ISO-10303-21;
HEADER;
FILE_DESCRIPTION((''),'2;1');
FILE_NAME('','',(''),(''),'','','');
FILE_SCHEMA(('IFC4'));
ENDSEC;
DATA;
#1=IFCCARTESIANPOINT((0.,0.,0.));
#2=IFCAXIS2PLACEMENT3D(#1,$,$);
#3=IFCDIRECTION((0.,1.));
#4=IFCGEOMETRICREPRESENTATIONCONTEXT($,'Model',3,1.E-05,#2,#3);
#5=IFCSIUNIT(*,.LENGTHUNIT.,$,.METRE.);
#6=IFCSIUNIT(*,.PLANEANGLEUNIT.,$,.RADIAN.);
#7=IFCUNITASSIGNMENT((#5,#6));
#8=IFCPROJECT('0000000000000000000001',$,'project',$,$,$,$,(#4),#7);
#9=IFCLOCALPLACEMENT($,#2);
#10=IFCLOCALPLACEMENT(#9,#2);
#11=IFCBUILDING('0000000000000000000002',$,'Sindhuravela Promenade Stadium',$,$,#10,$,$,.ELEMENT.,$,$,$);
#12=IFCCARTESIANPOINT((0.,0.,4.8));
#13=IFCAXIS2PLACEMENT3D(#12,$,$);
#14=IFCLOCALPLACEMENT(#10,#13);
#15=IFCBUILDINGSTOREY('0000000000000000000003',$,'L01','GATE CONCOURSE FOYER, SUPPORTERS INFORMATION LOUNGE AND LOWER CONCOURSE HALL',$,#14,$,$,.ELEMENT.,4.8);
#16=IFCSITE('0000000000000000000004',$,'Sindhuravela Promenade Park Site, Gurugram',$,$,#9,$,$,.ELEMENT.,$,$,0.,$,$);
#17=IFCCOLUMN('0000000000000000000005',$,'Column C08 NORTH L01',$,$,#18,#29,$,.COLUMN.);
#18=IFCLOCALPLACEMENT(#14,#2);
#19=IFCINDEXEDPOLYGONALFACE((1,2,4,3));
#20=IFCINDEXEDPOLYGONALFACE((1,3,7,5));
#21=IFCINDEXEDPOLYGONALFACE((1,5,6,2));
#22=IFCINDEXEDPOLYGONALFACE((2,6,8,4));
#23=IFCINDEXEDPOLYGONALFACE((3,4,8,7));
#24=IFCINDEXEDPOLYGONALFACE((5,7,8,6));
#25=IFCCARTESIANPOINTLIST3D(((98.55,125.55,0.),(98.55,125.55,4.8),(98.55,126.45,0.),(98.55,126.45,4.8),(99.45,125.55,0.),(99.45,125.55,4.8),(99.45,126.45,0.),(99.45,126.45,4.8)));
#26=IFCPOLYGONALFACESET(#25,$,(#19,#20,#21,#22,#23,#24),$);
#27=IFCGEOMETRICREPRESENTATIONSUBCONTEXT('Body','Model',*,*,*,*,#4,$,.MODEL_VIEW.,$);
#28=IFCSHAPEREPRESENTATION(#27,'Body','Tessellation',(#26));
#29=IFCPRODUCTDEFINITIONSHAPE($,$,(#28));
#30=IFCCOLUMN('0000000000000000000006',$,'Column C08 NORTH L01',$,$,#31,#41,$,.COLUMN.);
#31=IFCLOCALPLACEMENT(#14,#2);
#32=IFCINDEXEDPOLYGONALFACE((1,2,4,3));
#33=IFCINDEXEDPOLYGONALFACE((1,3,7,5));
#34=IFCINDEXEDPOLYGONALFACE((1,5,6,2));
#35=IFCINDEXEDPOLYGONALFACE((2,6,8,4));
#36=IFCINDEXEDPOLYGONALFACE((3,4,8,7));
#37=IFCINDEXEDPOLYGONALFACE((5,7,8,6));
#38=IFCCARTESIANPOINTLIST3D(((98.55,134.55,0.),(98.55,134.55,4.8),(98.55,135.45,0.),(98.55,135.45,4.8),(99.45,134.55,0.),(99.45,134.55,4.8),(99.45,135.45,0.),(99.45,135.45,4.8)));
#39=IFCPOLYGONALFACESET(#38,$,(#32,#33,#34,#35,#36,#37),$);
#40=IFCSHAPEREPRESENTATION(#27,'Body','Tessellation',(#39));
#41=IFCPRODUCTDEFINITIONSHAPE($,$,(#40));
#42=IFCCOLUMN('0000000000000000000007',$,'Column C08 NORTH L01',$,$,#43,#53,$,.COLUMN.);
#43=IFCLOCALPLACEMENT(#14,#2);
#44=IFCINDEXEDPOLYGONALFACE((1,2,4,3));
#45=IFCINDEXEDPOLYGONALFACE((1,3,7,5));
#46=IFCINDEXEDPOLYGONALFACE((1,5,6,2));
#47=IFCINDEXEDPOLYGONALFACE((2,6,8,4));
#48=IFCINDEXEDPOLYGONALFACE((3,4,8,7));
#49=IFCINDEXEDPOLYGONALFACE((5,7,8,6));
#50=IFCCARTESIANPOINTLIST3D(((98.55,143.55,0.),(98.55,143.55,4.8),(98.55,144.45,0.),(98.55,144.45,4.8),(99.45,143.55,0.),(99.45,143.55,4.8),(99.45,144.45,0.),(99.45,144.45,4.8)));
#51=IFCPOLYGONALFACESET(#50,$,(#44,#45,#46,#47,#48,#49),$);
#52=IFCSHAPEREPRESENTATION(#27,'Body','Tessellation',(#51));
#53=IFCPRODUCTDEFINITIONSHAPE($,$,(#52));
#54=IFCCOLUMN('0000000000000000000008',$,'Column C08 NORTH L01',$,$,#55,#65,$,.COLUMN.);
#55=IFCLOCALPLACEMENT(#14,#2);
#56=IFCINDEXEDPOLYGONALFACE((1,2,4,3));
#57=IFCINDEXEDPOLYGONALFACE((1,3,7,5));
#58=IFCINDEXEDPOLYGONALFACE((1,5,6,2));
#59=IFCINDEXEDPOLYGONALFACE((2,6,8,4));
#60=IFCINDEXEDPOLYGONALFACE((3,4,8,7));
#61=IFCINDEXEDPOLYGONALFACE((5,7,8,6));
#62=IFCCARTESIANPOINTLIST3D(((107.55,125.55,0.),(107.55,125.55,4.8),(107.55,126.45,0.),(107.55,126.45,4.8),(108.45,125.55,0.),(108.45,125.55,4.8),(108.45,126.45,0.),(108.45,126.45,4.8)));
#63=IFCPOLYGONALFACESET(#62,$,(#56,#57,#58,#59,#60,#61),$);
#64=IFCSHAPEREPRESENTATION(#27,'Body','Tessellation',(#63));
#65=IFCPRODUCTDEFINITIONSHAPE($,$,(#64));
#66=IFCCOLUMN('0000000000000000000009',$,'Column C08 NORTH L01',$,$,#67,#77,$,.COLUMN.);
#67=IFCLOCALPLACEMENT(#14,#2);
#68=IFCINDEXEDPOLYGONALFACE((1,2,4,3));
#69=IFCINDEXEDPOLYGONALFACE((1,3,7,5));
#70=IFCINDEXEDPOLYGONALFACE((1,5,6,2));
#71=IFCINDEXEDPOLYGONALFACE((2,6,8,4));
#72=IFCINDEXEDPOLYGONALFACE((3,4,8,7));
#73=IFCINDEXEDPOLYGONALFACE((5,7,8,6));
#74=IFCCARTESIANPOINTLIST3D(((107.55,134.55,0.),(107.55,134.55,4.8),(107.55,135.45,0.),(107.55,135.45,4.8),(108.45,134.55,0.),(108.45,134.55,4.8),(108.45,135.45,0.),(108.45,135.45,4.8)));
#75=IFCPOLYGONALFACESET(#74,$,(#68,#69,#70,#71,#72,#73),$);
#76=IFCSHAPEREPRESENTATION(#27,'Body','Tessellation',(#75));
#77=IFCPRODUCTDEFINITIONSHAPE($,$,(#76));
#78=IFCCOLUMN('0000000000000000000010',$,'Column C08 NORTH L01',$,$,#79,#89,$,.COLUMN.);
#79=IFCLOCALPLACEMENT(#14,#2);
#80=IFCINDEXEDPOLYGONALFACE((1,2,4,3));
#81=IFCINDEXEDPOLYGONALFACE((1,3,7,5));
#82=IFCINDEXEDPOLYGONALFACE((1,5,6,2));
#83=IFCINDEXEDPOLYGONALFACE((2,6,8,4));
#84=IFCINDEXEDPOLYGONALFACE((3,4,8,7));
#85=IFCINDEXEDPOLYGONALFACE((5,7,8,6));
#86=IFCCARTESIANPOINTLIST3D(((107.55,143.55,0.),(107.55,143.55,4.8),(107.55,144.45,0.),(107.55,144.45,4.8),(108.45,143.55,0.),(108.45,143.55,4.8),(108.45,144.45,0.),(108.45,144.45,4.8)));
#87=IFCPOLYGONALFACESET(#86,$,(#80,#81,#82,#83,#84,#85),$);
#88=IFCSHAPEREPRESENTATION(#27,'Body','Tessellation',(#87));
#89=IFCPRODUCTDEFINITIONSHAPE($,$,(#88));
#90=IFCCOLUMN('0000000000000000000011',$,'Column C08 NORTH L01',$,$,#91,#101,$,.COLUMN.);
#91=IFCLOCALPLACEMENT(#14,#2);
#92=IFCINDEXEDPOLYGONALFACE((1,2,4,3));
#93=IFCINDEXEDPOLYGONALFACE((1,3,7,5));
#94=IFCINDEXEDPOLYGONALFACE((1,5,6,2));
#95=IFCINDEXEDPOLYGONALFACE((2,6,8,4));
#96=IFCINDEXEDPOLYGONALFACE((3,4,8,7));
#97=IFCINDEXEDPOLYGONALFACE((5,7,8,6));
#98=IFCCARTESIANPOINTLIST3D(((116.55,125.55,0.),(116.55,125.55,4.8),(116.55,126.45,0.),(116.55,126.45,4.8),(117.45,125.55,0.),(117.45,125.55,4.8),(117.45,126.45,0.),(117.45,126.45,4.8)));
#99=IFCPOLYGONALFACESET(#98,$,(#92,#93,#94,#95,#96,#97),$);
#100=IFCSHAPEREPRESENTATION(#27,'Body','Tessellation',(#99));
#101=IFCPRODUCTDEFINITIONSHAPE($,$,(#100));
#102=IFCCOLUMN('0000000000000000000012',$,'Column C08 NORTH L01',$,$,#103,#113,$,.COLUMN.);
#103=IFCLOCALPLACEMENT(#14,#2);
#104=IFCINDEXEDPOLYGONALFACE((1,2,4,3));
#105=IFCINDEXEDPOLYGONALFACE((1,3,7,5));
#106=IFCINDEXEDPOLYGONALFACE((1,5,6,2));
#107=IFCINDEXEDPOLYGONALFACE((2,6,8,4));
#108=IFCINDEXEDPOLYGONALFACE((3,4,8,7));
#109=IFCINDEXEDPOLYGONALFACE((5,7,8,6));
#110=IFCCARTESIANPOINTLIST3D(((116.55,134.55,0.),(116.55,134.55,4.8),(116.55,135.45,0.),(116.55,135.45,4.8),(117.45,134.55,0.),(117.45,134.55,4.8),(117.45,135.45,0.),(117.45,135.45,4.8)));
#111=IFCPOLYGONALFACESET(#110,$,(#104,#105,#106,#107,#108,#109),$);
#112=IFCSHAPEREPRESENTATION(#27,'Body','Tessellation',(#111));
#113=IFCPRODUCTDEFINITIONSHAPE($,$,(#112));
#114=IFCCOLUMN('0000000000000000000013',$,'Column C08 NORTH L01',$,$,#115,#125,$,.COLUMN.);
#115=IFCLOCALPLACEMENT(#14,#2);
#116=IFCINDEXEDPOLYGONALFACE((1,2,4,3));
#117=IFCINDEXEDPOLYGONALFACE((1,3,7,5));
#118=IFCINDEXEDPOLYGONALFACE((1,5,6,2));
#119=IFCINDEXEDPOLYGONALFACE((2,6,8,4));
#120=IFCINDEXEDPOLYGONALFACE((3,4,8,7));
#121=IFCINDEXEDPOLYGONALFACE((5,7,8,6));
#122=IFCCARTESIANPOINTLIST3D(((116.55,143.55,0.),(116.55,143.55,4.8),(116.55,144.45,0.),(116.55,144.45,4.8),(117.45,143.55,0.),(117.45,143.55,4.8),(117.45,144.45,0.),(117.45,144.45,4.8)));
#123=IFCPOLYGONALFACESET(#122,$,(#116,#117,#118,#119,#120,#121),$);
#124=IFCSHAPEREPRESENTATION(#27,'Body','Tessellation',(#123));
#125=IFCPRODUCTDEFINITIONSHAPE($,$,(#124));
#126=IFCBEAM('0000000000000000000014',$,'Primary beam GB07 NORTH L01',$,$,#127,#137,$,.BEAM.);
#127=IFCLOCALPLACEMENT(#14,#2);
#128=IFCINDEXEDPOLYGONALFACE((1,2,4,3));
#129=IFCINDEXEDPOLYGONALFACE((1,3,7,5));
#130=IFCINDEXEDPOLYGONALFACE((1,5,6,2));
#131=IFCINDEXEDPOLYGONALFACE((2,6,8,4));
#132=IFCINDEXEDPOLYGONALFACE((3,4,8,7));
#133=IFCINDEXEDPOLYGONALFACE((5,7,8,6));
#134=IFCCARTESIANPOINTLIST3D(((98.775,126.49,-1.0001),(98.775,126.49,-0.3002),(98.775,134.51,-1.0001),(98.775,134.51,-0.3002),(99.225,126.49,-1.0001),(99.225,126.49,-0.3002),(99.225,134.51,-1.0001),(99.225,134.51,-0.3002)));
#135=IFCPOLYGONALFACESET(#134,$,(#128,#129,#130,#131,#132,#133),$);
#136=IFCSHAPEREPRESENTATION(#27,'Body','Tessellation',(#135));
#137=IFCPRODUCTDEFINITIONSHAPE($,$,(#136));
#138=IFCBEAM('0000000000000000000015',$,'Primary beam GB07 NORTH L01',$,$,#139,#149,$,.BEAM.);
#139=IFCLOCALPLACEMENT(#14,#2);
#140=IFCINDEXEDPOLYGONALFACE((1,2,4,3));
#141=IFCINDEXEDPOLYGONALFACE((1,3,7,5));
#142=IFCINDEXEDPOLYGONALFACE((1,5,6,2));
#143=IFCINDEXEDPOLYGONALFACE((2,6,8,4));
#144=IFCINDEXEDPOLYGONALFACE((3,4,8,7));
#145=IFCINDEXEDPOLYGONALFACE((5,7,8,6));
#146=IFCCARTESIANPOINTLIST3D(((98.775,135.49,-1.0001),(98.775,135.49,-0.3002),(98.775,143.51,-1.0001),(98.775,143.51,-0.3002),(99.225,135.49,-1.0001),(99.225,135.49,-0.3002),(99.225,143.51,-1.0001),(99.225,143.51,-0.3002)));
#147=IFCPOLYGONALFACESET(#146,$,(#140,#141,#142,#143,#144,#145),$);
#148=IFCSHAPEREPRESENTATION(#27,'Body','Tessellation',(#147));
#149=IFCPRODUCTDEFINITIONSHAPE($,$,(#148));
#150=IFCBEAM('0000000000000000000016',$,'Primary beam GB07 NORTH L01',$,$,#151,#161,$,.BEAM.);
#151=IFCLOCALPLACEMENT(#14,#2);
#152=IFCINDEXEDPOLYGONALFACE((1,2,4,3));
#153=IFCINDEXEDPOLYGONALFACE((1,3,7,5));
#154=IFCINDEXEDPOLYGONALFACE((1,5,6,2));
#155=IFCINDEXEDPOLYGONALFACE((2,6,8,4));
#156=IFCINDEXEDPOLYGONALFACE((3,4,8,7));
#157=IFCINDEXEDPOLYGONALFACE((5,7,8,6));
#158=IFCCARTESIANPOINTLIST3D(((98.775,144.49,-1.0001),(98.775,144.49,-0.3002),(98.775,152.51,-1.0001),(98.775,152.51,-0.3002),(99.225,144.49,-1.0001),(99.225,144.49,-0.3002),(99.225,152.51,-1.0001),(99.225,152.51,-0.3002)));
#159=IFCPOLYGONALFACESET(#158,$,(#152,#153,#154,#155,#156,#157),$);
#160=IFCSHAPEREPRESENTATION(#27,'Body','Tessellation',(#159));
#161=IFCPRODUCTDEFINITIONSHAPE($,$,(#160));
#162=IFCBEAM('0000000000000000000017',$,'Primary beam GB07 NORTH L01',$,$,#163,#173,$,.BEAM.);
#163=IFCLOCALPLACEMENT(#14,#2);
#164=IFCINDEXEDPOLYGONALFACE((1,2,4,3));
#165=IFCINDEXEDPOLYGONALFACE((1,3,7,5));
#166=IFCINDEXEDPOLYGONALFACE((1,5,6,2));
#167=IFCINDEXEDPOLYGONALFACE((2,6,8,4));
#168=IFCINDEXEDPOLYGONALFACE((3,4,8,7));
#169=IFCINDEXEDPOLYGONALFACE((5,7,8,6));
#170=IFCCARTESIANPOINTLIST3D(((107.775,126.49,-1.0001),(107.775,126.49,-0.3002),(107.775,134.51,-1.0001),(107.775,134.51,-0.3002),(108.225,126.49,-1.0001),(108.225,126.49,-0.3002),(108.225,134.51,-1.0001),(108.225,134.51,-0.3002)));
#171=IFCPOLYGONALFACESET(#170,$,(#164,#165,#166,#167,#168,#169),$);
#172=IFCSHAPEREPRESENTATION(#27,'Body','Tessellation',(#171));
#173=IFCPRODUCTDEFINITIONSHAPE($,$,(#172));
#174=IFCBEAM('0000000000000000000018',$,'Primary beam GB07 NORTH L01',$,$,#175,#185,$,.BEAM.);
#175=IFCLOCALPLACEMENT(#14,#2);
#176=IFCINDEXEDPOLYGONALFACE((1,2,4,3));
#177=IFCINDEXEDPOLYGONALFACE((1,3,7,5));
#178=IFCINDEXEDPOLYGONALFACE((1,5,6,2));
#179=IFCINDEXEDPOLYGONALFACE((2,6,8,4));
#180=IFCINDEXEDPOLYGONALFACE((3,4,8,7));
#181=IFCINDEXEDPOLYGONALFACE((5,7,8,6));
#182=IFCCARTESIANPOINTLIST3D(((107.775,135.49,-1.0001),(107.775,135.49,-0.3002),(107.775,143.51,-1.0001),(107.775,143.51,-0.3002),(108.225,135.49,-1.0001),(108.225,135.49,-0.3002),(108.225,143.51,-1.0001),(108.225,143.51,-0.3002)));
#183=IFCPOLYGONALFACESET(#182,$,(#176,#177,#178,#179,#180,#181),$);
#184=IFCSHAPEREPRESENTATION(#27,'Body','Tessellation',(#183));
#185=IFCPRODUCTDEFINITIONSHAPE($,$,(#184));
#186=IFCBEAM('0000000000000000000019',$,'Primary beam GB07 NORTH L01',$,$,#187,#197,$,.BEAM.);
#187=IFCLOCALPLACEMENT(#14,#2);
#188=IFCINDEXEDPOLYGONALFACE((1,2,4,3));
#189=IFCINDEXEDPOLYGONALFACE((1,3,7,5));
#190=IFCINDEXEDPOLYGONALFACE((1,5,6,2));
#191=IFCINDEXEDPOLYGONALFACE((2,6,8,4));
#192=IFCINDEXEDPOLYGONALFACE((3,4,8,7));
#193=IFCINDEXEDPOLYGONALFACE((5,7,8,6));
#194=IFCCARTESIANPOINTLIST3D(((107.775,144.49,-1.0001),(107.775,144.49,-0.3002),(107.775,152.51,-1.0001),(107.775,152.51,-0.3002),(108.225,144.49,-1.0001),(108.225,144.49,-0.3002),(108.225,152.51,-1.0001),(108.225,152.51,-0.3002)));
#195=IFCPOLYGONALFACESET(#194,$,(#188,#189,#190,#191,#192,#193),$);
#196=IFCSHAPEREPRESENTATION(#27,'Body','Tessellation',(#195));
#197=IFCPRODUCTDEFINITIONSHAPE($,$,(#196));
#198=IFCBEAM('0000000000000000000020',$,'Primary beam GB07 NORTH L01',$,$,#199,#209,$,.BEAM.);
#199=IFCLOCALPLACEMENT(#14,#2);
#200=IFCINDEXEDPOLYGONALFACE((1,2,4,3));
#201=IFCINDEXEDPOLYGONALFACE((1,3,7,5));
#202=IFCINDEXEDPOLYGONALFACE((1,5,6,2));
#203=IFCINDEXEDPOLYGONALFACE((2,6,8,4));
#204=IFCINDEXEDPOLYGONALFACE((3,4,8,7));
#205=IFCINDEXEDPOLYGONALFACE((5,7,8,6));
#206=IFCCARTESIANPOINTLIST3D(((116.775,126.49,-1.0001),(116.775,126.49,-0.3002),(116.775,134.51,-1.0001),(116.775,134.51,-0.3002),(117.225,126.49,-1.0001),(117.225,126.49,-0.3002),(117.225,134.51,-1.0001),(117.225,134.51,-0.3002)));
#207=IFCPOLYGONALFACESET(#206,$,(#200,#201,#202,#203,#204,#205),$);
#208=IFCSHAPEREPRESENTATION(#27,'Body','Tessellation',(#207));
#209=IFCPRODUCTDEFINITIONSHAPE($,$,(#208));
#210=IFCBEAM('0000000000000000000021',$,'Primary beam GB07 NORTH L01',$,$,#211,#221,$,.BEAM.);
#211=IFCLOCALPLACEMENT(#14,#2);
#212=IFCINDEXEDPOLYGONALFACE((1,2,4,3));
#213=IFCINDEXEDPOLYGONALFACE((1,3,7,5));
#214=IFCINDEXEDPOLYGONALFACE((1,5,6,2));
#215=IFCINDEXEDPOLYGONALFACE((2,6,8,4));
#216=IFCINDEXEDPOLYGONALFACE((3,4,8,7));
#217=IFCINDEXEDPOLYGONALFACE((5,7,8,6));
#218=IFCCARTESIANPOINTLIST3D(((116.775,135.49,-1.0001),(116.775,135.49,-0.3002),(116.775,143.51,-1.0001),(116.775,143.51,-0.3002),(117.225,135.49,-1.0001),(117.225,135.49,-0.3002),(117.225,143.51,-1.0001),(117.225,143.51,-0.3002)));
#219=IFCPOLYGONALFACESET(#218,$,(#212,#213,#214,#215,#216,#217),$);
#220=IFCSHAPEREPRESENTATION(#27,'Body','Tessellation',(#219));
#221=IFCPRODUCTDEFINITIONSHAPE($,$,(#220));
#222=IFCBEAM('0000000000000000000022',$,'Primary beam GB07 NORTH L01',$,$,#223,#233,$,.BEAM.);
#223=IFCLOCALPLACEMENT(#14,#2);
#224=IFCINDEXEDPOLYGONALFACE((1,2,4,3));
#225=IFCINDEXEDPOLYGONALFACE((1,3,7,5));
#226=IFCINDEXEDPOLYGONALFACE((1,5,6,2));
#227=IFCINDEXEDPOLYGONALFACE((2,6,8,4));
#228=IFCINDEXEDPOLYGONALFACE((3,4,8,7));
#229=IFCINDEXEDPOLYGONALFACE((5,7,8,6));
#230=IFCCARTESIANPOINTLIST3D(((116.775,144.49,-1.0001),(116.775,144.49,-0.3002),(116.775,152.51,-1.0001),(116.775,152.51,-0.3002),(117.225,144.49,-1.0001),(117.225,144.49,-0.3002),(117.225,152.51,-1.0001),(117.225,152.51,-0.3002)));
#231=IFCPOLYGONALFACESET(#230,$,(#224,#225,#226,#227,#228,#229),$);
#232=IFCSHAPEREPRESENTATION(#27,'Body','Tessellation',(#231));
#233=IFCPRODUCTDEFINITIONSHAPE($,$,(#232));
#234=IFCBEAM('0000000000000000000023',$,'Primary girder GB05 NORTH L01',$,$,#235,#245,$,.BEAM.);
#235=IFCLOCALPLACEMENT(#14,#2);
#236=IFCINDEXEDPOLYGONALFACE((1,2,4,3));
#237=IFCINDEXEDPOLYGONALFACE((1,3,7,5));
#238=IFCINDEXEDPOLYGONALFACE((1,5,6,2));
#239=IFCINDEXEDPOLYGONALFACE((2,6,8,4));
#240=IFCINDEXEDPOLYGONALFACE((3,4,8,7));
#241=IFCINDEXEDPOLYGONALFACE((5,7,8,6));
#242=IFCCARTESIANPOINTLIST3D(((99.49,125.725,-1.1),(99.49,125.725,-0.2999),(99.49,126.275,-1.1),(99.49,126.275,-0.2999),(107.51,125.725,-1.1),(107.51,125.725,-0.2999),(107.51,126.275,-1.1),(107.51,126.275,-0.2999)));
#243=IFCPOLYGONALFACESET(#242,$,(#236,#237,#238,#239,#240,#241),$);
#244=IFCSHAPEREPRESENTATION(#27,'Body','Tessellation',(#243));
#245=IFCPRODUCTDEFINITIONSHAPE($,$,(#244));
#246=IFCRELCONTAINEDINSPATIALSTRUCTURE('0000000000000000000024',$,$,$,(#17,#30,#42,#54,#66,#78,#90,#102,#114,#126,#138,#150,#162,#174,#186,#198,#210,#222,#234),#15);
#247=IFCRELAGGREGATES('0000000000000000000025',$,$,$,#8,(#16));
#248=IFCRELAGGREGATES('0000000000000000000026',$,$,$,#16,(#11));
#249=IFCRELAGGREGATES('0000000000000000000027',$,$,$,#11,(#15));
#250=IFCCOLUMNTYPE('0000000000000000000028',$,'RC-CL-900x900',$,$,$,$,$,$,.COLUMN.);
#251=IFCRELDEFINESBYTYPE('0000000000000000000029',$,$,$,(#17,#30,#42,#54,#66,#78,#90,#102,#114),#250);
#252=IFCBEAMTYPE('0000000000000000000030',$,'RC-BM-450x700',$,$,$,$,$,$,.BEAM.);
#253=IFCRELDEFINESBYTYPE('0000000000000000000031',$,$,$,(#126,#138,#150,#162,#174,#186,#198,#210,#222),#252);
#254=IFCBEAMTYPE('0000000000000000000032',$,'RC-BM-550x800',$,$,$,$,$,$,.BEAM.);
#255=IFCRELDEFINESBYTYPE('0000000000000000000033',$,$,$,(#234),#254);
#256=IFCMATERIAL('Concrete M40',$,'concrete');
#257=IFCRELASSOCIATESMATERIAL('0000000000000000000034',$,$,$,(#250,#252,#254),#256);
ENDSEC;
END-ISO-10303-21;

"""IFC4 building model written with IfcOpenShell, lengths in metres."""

from ifc_helpers import new_model, si_unit, direction, frame, origin, origin_2d, place, context, subcontext, project, spatial, rectangle, extrude, material, material_profile, profile_set, type_object, element, save


model = new_model("IFC4")

# Units and contexts
model_context = context("Model", 3, precision=1e-05, world=origin(), true_north=direction((0.0, 1.0)))
body_context = subcontext(model_context, "Body", "Model", "MODEL_VIEW")
ifc_project = project(units=[si_unit("LENGTHUNIT", "METRE"), si_unit("PLANEANGLEUNIT", "RADIAN")], contexts=[model_context])

# Site, building, storey
site_placement = place(None, origin())
site = spatial("IfcSite", under=ifc_project, at=site_placement, Name="Sindhuravela Promenade Park Site, Gurugram", CompositionType="ELEMENT", RefElevation=0.0)
building_placement = place(site_placement, origin())
building = spatial("IfcBuilding", under=site, at=building_placement, Name="Sindhuravela Promenade Stadium", CompositionType="ELEMENT")
storey_placement = place(building_placement, frame((0.0, 0.0, 4.8)))
storey = spatial("IfcBuildingStorey", under=building, at=storey_placement, Name="L01", Description="GATE CONCOURSE FOYER, SUPPORTERS INFORMATION LOUNGE AND LOWER CONCOURSE HALL", CompositionType="ELEMENT", Elevation=4.8)

# Columns
ifc_material_1 = material(Name="Concrete M40", Category="concrete")
ifc_material_profile_1 = material_profile(ifc_material_1, rectangle(XDim=0.8999, YDim=0.8999, at=origin_2d()), Name="RC 900x900")
ifc_profile_set_1 = profile_set([ifc_material_profile_1], Name="Concrete M40")
column_type = type_object("IfcColumnType", Name="RC-CL-900x900", PredefinedType="COLUMN", material=ifc_profile_set_1)
for number, where, z_axis, x_axis, name in (
    (1, (99.0, 126.0, 0.0), (0.0, 0.0, 1.0), (1.0, 0.0, 0.0), "Column C08 NORTH L01"),
    (2, (99.0, 135.0, 0.0), (0.0, 0.0, 1.0), (1.0, 0.0, 0.0), "Column C08 NORTH L01"),
    (3, (99.0, 144.0, 0.0), (0.0, 0.0, 1.0), (1.0, 0.0, 0.0), "Column C08 NORTH L01"),
    (4, (108.0, 126.0, 0.0), (0.0, 0.0, 1.0), (1.0, 0.0, 0.0), "Column C08 NORTH L01"),
    (5, (108.0, 135.0, 0.0), (0.0, 0.0, 1.0), (1.0, 0.0, 0.0), "Column C08 NORTH L01"),
    (6, (108.0, 144.0, 0.0), (0.0, 0.0, 1.0), (1.0, 0.0, 0.0), "Column C08 NORTH L01"),
    (7, (117.0, 126.0, 0.0), (0.0, 0.0, 1.0), (1.0, 0.0, 0.0), "Column C08 NORTH L01"),
    (8, (117.0, 135.0, 0.0), (0.0, 0.0, 1.0), (1.0, 0.0, 0.0), "Column C08 NORTH L01"),
    (9, (117.0, 144.0, 0.0), (0.0, 0.0, 1.0), (1.0, 0.0, 0.0), "Column C08 NORTH L01"),
):
    element("IfcColumn", number, at=place(storey_placement, frame(where, z_axis=z_axis, x_axis=x_axis)), inside=storey, type_object=column_type, Name=name, PredefinedType="COLUMN", context=body_context, shape_type="SweptSolid", body=[
        extrude(rectangle(XDim=0.8999, YDim=0.8999, at=origin_2d()), origin(), (0.0, 0.0, 1.0), 4.8),
    ])

# Beams
ifc_material_profile_2 = material_profile(ifc_material_1, rectangle(XDim=0.45, YDim=0.7, at=origin_2d()), Name="RC 450x700")
ifc_profile_set_2 = profile_set([ifc_material_profile_2], Name="Concrete M40")
beam_type_1 = type_object("IfcBeamType", Name="RC-BM-450x700", PredefinedType="BEAM", material=ifc_profile_set_2)
for number, where, z_axis, x_axis, name in (
    (10, (99.0, 126.49, -0.6501), (0.0, 1.0, 0.0), (-1.0, 0.0, 0.0), "Primary beam GB07 NORTH L01"),
    (11, (99.0, 135.49, -0.6501), (0.0, 1.0, 0.0), (-1.0, 0.0, 0.0), "Primary beam GB07 NORTH L01"),
    (12, (99.0, 144.49, -0.6501), (0.0, 1.0, 0.0), (-1.0, 0.0, 0.0), "Primary beam GB07 NORTH L01"),
    (13, (108.0, 126.49, -0.6501), (0.0, 1.0, 0.0), (-1.0, 0.0, 0.0), "Primary beam GB07 NORTH L01"),
    (14, (108.0, 135.49, -0.6501), (0.0, 1.0, 0.0), (-1.0, 0.0, 0.0), "Primary beam GB07 NORTH L01"),
    (15, (108.0, 144.49, -0.6501), (0.0, 1.0, 0.0), (-1.0, 0.0, 0.0), "Primary beam GB07 NORTH L01"),
    (16, (117.0, 126.49, -0.6501), (0.0, 1.0, 0.0), (-1.0, 0.0, 0.0), "Primary beam GB07 NORTH L01"),
    (17, (117.0, 135.49, -0.6501), (0.0, 1.0, 0.0), (-1.0, 0.0, 0.0), "Primary beam GB07 NORTH L01"),
    (18, (117.0, 144.49, -0.6501), (0.0, 1.0, 0.0), (-1.0, 0.0, 0.0), "Primary beam GB07 NORTH L01"),
):
    element("IfcBeam", number, at=place(storey_placement, frame(where, z_axis=z_axis, x_axis=x_axis)), inside=storey, type_object=beam_type_1, Name=name, PredefinedType="BEAM", context=body_context, shape_type="SweptSolid", body=[
        extrude(rectangle(XDim=0.45, YDim=0.7, at=origin_2d()), origin(), (0.0, 0.0, 1.0), 8.02),
    ])
ifc_material_profile_3 = material_profile(ifc_material_1, rectangle(XDim=0.55, YDim=0.8, at=origin_2d()), Name="RC 550x800")
ifc_profile_set_3 = profile_set([ifc_material_profile_3], Name="Concrete M40")
beam_type_2 = type_object("IfcBeamType", Name="RC-BM-550x800", PredefinedType="BEAM", material=ifc_profile_set_3)
for number, where, z_axis, x_axis, name in (
    (19, (99.49, 126.0, -0.7), (1.0, 0.0, 0.0), (0.0, 1.0, 0.0), "Primary girder GB05 NORTH L01"),
):
    element("IfcBeam", number, at=place(storey_placement, frame(where, z_axis=z_axis, x_axis=x_axis)), inside=storey, type_object=beam_type_2, Name=name, PredefinedType="BEAM", context=body_context, shape_type="SweptSolid", body=[
        extrude(rectangle(XDim=0.55, YDim=0.8, at=origin_2d()), origin(), (0.0, 0.0, 1.0), 8.02),
    ])

save(model, "model.ifc")
